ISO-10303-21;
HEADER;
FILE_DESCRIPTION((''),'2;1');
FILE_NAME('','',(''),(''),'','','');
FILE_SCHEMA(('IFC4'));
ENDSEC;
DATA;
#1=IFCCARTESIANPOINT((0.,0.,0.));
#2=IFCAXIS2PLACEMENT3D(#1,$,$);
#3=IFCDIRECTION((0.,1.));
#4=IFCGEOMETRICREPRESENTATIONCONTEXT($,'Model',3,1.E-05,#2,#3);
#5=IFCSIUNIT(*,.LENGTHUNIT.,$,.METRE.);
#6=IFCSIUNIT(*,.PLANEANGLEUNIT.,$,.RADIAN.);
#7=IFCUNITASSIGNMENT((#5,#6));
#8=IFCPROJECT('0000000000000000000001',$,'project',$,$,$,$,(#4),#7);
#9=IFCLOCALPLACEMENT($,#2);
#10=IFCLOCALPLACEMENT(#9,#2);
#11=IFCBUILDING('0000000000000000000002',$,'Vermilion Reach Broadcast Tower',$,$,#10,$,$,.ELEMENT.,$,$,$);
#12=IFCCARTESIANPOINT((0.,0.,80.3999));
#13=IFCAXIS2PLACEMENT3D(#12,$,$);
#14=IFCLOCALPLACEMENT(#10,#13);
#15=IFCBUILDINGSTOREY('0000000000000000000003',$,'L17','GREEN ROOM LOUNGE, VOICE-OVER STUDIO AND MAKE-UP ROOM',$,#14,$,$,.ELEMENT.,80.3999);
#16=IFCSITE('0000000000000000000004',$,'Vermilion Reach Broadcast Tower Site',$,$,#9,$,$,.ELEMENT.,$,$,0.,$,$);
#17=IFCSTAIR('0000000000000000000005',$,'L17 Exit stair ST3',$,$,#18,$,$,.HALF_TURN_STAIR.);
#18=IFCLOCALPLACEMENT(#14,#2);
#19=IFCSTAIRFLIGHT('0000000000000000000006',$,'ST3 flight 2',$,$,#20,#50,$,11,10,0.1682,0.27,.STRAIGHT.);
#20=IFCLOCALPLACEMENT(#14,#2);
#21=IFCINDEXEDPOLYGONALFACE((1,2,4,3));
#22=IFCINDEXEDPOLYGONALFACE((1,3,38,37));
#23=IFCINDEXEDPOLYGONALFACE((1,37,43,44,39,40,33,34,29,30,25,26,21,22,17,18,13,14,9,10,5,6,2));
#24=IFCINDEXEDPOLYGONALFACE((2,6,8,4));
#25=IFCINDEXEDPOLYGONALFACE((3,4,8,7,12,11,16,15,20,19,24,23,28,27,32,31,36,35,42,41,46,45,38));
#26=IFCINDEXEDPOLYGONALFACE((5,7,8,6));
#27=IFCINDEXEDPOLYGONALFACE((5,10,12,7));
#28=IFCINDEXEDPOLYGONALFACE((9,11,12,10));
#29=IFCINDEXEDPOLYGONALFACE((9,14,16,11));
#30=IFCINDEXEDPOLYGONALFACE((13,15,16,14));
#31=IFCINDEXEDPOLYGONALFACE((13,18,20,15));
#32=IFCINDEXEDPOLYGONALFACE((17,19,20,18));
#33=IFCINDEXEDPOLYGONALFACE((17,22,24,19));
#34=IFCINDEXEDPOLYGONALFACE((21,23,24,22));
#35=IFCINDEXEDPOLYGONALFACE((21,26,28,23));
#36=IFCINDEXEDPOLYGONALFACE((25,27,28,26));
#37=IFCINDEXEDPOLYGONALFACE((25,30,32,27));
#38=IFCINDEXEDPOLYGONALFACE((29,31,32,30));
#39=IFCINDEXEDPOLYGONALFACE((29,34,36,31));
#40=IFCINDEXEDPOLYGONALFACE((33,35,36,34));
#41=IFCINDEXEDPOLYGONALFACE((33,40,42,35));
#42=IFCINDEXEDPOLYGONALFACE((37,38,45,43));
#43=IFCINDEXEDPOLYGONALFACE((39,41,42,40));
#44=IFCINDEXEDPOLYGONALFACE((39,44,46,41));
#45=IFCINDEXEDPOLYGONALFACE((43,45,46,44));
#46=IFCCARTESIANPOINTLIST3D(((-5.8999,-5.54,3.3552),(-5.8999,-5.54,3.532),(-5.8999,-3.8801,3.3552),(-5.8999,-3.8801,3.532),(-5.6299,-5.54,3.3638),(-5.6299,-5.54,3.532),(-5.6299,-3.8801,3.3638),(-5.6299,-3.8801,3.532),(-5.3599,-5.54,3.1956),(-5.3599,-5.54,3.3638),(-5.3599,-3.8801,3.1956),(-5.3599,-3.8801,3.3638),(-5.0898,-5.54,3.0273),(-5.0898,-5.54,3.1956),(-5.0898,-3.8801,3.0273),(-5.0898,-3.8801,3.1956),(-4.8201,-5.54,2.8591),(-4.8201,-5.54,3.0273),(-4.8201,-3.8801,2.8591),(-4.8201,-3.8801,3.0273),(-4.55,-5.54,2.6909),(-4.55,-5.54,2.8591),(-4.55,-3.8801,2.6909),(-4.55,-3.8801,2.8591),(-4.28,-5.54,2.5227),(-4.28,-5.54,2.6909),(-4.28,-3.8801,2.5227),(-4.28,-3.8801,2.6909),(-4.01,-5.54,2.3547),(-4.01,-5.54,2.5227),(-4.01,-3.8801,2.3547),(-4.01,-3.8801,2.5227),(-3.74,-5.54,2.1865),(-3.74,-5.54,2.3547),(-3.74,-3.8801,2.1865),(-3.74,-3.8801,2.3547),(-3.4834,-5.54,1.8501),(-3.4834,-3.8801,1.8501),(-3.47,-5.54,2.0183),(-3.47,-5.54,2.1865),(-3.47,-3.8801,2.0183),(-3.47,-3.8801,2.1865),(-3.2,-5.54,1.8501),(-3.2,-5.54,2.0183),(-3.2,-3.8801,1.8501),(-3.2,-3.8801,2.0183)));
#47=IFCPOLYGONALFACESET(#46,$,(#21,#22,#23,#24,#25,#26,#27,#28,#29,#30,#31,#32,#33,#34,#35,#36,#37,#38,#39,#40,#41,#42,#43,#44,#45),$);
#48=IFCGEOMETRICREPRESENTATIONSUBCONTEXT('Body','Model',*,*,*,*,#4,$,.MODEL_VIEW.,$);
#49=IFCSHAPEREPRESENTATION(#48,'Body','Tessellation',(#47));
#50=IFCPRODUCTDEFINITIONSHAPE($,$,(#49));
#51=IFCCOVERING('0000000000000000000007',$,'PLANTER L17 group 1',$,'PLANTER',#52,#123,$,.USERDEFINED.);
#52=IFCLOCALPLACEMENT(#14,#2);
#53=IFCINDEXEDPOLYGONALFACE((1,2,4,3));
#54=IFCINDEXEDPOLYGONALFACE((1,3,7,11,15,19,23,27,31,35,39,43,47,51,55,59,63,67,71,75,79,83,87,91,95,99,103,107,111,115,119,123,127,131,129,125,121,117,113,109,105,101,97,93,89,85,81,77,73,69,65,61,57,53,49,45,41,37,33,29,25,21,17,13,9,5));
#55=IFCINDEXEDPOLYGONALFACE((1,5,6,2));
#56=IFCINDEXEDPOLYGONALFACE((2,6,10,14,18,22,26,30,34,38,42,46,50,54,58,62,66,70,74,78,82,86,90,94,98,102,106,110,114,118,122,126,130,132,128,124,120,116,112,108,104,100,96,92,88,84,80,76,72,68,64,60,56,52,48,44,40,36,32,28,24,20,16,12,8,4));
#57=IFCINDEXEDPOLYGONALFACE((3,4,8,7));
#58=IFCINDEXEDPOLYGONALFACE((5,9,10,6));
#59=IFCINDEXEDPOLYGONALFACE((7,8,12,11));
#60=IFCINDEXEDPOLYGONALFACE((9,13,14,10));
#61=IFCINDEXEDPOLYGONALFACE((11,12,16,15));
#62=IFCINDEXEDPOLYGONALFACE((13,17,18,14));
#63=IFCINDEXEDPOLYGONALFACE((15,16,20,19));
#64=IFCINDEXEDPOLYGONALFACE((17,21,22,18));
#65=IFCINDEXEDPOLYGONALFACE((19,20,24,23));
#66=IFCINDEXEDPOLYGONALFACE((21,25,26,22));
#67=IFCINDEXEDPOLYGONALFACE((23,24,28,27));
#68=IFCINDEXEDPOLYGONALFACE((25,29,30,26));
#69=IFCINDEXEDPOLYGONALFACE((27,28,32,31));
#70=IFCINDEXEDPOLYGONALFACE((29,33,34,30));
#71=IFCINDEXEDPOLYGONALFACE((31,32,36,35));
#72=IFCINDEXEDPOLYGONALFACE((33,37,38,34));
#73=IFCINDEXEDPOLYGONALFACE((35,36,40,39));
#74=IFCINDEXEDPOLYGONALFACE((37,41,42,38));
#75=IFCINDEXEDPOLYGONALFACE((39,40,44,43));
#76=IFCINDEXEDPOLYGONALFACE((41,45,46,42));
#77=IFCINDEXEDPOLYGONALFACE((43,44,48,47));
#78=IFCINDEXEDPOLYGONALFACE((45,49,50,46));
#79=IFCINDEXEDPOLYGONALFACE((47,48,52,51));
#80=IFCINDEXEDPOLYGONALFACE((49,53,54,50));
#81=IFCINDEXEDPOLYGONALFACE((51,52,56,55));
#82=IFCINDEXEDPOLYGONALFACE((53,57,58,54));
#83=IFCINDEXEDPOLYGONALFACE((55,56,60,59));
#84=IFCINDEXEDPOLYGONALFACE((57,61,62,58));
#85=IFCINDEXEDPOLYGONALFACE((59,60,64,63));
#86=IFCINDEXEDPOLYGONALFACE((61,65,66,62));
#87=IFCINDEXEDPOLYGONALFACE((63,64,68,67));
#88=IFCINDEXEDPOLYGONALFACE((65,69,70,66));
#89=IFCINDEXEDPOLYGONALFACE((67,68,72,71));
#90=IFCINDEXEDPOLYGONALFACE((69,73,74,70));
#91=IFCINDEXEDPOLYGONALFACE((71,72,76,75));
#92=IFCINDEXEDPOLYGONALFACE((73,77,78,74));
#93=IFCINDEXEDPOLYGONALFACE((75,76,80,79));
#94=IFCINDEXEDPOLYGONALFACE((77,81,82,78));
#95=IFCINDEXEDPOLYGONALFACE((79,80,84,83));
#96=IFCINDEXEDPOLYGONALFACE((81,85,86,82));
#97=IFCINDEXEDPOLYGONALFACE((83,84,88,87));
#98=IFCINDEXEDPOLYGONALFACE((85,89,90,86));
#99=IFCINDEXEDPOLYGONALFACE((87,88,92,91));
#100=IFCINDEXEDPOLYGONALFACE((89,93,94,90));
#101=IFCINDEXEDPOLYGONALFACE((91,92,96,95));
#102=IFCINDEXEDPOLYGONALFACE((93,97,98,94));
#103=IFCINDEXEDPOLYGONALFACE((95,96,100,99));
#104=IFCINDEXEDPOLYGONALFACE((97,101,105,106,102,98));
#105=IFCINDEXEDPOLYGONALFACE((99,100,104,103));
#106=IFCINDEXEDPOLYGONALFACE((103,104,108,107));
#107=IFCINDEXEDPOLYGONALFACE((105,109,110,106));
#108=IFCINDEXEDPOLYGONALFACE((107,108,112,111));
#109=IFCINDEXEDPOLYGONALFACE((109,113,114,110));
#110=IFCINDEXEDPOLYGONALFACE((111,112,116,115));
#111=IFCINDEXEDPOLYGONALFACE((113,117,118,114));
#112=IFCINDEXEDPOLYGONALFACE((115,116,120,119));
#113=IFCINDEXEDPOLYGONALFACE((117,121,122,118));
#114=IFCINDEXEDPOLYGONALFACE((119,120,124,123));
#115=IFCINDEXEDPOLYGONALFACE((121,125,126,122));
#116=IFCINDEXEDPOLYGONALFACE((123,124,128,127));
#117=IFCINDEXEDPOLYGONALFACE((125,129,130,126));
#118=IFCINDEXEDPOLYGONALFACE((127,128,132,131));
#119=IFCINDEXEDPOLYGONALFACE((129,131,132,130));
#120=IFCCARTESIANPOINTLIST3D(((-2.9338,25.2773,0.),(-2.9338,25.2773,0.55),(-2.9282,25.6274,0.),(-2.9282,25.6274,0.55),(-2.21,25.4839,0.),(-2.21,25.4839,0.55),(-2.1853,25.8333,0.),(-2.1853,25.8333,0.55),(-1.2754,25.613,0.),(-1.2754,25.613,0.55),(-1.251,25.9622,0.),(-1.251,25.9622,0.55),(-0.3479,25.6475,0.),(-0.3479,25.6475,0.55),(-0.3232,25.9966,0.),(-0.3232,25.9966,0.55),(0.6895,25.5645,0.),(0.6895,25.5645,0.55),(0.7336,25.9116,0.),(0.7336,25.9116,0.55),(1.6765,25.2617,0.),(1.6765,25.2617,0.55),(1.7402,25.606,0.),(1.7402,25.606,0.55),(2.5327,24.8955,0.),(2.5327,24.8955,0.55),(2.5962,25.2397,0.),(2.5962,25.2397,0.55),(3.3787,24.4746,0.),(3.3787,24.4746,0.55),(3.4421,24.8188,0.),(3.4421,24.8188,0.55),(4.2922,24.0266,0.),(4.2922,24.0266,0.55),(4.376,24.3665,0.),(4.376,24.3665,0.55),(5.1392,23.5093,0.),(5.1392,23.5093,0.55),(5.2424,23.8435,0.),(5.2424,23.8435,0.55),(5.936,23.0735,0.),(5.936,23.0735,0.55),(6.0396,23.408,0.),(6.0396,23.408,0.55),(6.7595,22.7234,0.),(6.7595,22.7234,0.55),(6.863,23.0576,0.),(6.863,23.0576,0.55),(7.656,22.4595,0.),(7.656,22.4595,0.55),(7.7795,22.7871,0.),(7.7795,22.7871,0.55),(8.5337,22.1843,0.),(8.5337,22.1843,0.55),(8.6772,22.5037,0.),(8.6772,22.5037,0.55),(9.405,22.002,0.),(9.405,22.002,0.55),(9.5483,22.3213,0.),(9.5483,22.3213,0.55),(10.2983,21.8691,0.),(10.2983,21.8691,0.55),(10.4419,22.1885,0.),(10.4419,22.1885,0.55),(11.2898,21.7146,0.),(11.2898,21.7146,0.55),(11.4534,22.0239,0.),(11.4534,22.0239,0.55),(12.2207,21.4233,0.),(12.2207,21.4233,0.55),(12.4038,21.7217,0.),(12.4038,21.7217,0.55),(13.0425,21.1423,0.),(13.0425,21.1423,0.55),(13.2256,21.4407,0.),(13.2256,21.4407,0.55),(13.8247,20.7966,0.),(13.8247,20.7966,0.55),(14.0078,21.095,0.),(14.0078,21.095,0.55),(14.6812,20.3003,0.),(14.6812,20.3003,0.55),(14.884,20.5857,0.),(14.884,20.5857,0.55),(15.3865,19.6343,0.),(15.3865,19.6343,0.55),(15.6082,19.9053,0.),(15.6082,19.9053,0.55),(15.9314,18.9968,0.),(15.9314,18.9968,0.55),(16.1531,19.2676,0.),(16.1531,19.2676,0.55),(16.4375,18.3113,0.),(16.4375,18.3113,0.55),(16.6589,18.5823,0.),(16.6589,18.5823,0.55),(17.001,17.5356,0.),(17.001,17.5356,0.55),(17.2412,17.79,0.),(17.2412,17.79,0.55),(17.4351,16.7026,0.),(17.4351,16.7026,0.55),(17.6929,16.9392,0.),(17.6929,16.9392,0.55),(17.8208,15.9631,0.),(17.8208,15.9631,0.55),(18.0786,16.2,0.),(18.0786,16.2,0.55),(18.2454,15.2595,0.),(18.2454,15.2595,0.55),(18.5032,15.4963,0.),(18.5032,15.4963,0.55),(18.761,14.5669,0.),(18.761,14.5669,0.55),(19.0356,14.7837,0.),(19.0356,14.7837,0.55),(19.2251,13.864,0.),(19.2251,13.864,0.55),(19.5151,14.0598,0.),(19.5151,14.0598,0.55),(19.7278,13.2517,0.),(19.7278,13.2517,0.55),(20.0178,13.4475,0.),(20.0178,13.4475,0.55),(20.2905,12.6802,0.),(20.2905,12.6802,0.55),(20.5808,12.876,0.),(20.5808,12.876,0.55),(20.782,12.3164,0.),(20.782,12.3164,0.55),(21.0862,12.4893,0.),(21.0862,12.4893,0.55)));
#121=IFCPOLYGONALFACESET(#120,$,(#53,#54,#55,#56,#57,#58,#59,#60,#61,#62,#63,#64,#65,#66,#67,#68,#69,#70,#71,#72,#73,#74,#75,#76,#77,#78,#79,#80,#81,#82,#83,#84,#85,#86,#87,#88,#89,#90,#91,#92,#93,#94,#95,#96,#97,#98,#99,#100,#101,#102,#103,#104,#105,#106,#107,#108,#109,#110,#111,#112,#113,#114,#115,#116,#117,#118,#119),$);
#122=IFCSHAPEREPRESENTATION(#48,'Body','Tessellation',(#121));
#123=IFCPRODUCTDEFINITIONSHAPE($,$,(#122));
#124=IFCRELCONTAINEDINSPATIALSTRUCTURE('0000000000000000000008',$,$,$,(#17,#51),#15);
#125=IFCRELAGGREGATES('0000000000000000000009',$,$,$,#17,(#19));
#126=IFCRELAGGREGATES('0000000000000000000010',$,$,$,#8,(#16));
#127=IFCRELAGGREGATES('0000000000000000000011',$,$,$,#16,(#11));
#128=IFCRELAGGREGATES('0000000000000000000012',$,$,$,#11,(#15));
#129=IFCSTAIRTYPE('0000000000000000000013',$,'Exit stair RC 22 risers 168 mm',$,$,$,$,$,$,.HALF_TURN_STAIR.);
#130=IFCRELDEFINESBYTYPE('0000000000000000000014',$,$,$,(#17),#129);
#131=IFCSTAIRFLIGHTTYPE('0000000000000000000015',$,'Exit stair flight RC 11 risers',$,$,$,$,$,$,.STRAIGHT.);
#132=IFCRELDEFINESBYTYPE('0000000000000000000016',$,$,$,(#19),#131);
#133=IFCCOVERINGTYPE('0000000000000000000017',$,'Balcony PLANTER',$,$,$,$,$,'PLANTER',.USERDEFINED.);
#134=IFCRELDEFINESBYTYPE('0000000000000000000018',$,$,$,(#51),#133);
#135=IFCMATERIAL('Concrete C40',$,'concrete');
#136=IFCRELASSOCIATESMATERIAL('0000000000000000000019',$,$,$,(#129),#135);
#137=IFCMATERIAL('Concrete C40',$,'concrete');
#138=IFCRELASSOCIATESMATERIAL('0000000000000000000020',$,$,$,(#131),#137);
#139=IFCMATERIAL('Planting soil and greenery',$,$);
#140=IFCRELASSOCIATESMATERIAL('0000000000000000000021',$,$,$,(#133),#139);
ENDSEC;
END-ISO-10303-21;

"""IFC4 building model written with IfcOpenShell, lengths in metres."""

from ifc_helpers import new_model, si_unit, direction, frame, origin, place, context, subcontext, project, spatial, polyline, outline, extrude, material, type_object, element, aggregate, save


model = new_model("IFC4")

# Units and contexts
model_context = context("Model", 3, precision=1e-05, world=origin(), true_north=direction((0.0, 1.0)))
body_context = subcontext(model_context, "Body", "Model", "MODEL_VIEW")
ifc_project = project(units=[si_unit("LENGTHUNIT", "METRE"), si_unit("PLANEANGLEUNIT", "RADIAN")], contexts=[model_context])

# Site, building, storey
site_placement = place(None, origin())
site = spatial("IfcSite", under=ifc_project, at=site_placement, Name="Vermilion Reach Broadcast Tower Site", CompositionType="ELEMENT", RefElevation=0.0)
building_placement = place(site_placement, origin())
building = spatial("IfcBuilding", under=site, at=building_placement, Name="Vermilion Reach Broadcast Tower", CompositionType="ELEMENT")
storey_placement = place(building_placement, frame((0.0, 0.0, 80.3999)))
storey = spatial("IfcBuildingStorey", under=building, at=storey_placement, Name="L17", Description="GREEN ROOM LOUNGE, VOICE-OVER STUDIO AND MAKE-UP ROOM", CompositionType="ELEMENT", Elevation=80.3999)

# Stair, stair flight
ifc_material_1 = material(Name="Concrete C40", Category="concrete")
stair_type = type_object("IfcStairType", Name="Exit stair RC 22 risers 168 mm", PredefinedType="HALF_TURN_STAIR", material=ifc_material_1)
placement_1 = place(storey_placement, origin())
stair = element("IfcStair", 1, at=placement_1, inside=storey, type_object=stair_type, Name="L17 Exit stair ST3", PredefinedType="HALF_TURN_STAIR")
ifc_material_2 = material(Name="Concrete C40", Category="concrete")
stair_flight_type = type_object("IfcStairFlightType", Name="Exit stair flight RC 11 risers", PredefinedType="STRAIGHT", material=ifc_material_2)
stair_flight_placement = place(storey_placement, frame((-3.2, -4.71, 1.8501), z_axis=(0.0, 0.0, 1.0), x_axis=(-1.0, 0.0, 0.0)))
stair_flight = element("IfcStairFlight", 2, at=stair_flight_placement, type_object=stair_flight_type, Name="ST3 flight 2", NumberOfRisers=11, NumberOfTreads=10, PredefinedType="STRAIGHT", RiserHeight=0.1682, TreadLength=0.27, context=body_context, shape_type="SweptSolid", body=[
    extrude(outline(polyline([(0.0, 0.0), (0.0, 0.1682), (0.27, 0.1682), (0.27, 0.3364), (0.54, 0.3364), (0.54, 0.5046), (0.8101, 0.5046), (0.8101, 0.6726), (1.0801, 0.6726), (1.0801, 0.8408), (1.3501, 0.8408), (1.3501, 1.009), (1.6201, 1.009), (1.6201, 1.1772), (1.8899, 1.1772), (1.8899, 1.3455), (2.1599, 1.3455), (2.1599, 1.5137), (2.4299, 1.5137), (2.4299, 1.6819), (2.7, 1.6819), (2.7, 1.8501), (2.7, 1.5051), (0.2834, 0.0), (0.0, 0.0)])), frame((0.0, 0.8301, 0.0), z_axis=(0.0, -1.0, 0.0), x_axis=(1.0, 0.0, 0.0)), (0.0, 0.0, 1.0), 1.6599),
])
aggregate(stair, [stair_flight])

# Covering
ifc_material_3 = material(Name="Planting soil and greenery")
covering_type = type_object("IfcCoveringType", Name="Balcony PLANTER", ElementType="PLANTER", PredefinedType="USERDEFINED", material=ifc_material_3)
element("IfcCovering", 3, at=placement_1, inside=storey, type_object=covering_type, Name="PLANTER L17 group 1", ObjectType="PLANTER", PredefinedType="USERDEFINED", context=body_context, shape_type="SweptSolid", body=[
    extrude(outline(polyline([(21.0862, 12.4893), (20.5808, 12.876), (20.0178, 13.4475), (19.5151, 14.0598), (19.0356, 14.7837), (18.5032, 15.4963), (18.0786, 16.2), (17.6929, 16.9392), (17.2412, 17.79), (16.6589, 18.5823), (16.1531, 19.2676), (15.6082, 19.9053), (14.884, 20.5857), (14.0078, 21.095), (13.2256, 21.4407), (12.4038, 21.7217), (11.4534, 22.0239), (10.4419, 22.1885), (9.5483, 22.3213), (8.6772, 22.5037), (7.7795, 22.7871), (6.863, 23.0576), (6.0396, 23.408), (5.2424, 23.8435), (4.376, 24.3665), (3.4421, 24.8188), (2.5962, 25.2397), (1.7402, 25.606), (0.7336, 25.9116), (-0.3232, 25.9966), (-1.251, 25.9622), (-2.1853, 25.8333), (-2.9282, 25.6274), (-2.9338, 25.2773), (-2.21, 25.4839), (-1.2754, 25.613), (-0.3479, 25.6475), (0.6895, 25.5645), (1.6765, 25.2617), (2.5327, 24.8955), (3.3787, 24.4746), (4.2922, 24.0266), (5.1392, 23.5093), (5.936, 23.0735), (6.7595, 22.7234), (7.656, 22.4595), (8.5337, 22.1843), (9.405, 22.002), (10.2983, 21.8691), (11.2898, 21.7146), (12.2207, 21.4233), (13.0425, 21.1423), (13.8247, 20.7966), (14.6812, 20.3003), (15.3865, 19.6343), (15.9314, 18.9968), (16.4375, 18.3113), (17.001, 17.5356), (17.4351, 16.7026), (17.8208, 15.9631), (18.2454, 15.2595), (18.761, 14.5669), (19.2251, 13.864), (19.7278, 13.2517), (20.2905, 12.6802), (20.782, 12.3164), (21.0862, 12.4893)])), origin(), (0.0, 0.0, 1.0), 0.55),
])

save(model, "model.ifc")
